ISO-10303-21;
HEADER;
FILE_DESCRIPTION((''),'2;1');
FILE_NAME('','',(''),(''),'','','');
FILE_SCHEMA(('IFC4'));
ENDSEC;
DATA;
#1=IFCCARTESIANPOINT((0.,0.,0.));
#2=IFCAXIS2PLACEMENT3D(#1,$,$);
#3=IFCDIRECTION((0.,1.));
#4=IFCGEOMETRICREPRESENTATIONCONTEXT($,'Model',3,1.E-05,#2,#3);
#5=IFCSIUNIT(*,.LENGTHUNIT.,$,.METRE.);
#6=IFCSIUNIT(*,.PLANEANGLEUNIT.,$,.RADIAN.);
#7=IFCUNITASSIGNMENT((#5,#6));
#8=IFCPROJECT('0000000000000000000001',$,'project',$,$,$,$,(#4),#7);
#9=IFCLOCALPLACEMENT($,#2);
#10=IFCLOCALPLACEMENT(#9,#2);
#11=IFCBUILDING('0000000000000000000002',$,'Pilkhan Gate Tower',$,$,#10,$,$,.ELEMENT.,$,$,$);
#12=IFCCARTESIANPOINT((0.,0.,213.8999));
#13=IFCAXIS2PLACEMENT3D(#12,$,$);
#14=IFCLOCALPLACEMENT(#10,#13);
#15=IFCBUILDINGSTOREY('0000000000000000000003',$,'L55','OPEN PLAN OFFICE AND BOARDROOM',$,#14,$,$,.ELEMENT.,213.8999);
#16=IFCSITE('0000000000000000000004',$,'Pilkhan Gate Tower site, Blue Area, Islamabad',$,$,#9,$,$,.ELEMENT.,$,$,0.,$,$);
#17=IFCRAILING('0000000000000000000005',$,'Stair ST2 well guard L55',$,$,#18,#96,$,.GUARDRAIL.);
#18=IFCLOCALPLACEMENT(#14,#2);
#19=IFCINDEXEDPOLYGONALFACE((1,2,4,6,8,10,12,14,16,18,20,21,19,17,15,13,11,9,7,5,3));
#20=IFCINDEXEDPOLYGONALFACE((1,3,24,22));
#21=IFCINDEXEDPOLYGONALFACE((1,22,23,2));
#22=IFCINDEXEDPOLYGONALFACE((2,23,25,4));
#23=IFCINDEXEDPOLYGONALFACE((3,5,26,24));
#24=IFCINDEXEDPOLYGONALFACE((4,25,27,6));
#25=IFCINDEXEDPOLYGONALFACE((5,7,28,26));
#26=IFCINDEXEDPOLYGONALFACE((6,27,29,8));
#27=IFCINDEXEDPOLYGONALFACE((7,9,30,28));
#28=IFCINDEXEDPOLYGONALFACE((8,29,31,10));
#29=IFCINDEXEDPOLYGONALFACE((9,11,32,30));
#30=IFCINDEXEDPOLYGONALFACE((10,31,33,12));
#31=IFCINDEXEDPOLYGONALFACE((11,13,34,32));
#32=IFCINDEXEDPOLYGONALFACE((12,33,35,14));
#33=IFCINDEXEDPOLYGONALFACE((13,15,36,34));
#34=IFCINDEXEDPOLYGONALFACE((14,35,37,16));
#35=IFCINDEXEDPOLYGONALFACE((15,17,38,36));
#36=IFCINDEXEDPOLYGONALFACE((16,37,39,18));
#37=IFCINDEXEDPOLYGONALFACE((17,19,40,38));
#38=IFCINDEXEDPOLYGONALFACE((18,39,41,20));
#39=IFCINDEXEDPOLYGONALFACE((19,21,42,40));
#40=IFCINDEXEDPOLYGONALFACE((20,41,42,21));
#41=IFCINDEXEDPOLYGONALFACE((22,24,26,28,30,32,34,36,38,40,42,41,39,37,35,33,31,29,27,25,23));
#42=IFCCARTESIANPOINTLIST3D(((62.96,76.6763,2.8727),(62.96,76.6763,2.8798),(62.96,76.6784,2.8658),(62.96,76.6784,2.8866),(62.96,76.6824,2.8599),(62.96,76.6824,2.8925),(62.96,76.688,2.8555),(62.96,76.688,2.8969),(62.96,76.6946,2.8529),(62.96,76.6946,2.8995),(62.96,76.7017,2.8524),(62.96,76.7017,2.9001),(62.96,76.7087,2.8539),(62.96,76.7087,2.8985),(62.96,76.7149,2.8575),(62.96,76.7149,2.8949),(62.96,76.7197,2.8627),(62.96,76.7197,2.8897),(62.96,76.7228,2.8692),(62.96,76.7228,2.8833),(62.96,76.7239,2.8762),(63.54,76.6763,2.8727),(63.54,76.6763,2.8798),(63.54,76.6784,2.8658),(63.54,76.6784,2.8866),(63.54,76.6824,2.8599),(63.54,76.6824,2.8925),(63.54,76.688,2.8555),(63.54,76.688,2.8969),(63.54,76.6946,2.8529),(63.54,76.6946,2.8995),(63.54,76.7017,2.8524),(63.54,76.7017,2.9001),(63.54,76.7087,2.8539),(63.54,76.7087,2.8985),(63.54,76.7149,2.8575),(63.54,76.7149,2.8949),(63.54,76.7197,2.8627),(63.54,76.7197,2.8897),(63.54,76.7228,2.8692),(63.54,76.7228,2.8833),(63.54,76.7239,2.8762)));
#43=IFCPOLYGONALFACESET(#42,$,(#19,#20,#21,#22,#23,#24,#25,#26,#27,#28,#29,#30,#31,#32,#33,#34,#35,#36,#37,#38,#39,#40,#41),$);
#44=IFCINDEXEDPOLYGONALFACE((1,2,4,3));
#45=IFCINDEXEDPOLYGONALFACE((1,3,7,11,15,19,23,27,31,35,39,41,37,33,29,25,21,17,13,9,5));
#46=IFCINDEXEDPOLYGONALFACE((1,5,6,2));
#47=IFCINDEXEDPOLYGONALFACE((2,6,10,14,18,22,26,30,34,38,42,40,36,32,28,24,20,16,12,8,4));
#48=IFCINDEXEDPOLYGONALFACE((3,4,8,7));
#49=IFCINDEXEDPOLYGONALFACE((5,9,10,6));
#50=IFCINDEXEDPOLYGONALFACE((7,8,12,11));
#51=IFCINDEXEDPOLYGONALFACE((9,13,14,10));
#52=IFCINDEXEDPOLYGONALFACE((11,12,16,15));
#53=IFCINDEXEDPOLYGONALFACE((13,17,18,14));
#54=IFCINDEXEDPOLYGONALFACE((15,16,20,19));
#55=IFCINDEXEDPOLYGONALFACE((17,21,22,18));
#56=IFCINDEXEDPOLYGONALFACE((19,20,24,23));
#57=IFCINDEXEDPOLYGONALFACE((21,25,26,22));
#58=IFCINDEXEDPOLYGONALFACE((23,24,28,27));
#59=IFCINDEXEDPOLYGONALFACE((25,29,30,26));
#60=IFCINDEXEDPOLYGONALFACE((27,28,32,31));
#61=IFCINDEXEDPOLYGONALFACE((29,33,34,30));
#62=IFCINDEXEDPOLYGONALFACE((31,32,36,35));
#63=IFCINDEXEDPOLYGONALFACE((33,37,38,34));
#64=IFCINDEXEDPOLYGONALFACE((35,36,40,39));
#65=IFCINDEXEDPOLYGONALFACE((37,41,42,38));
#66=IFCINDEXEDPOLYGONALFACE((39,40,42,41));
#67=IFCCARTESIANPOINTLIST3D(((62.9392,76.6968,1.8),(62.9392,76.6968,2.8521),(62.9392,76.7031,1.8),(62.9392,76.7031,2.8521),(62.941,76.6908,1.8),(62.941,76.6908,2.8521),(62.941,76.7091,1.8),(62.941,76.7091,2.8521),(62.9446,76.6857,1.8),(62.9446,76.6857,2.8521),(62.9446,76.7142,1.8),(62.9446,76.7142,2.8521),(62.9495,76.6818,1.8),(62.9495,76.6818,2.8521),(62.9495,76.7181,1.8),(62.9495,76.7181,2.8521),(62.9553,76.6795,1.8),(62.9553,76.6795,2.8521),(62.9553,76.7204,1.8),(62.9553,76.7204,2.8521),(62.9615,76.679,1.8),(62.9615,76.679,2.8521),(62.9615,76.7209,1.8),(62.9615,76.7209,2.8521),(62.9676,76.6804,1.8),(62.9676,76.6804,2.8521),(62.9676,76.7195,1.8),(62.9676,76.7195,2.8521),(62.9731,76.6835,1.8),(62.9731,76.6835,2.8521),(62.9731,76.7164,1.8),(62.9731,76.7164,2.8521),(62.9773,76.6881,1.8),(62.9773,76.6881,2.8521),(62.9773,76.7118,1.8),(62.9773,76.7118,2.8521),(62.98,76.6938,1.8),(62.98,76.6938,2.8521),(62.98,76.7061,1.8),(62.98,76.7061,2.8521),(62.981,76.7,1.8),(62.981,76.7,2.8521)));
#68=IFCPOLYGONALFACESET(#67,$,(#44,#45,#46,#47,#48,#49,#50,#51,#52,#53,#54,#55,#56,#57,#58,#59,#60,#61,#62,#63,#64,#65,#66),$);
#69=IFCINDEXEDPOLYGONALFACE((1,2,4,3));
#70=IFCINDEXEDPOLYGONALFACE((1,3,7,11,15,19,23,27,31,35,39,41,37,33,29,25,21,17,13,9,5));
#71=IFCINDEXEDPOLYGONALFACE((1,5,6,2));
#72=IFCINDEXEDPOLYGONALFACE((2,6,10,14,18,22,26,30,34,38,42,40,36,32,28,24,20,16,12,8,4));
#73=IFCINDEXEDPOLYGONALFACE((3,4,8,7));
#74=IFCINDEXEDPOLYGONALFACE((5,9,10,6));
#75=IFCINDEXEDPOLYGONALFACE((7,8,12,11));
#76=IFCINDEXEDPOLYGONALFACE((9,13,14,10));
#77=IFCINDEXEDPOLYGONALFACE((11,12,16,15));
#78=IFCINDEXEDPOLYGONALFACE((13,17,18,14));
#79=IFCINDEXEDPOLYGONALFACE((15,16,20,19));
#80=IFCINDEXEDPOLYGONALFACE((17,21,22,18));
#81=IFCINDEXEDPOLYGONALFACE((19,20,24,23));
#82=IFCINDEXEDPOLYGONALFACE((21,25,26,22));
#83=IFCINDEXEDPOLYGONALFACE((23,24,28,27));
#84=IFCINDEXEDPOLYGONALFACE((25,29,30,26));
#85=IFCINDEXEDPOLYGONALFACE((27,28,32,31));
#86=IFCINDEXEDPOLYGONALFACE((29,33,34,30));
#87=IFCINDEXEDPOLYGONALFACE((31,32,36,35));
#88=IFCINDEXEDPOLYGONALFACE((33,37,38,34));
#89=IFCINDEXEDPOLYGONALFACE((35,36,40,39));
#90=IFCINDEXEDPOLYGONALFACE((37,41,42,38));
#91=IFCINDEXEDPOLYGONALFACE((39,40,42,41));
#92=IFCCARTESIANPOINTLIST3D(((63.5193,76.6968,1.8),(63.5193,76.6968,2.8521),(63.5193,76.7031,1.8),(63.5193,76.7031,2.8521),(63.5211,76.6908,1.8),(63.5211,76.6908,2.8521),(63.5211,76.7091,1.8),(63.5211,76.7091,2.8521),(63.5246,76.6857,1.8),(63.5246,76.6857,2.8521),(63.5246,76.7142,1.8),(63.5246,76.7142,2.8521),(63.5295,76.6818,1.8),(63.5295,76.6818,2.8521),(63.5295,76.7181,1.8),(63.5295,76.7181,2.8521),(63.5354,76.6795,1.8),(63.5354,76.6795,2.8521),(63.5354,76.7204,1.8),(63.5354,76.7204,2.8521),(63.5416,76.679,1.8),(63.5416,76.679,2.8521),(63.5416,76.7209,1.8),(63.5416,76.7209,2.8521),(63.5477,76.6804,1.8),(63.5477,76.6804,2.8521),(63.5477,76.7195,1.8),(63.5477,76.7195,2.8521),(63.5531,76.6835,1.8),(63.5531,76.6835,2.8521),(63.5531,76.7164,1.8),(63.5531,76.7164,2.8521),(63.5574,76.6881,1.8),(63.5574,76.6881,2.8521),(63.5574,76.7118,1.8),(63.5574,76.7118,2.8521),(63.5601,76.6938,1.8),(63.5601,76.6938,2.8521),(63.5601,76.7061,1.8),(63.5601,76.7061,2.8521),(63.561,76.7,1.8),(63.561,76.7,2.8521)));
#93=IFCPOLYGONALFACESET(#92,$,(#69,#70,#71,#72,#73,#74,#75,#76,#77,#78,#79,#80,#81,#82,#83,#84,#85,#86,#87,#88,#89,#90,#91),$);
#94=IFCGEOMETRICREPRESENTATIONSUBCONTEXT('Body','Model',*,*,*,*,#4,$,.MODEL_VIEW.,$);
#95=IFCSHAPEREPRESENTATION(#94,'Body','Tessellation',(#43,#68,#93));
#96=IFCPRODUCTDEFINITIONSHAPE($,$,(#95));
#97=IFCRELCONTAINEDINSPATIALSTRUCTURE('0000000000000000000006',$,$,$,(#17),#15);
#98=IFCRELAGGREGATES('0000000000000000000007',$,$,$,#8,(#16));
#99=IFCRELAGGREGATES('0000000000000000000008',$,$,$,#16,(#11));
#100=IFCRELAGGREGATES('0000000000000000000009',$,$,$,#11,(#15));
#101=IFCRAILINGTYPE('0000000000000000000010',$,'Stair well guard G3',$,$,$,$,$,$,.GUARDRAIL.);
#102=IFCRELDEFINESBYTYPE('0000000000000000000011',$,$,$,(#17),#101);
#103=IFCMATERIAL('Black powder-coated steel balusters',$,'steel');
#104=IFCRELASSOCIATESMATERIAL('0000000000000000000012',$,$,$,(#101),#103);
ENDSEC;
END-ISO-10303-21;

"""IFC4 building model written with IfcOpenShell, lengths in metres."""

from ifc_helpers import new_model, si_unit, direction, frame, origin, origin_2d, place, context, subcontext, project, spatial, circle, extrude, material, type_object, element, save


model = new_model("IFC4")

# Units and contexts
model_context = context("Model", 3, precision=1e-05, world=origin(), true_north=direction((0.0, 1.0)))
body_context = subcontext(model_context, "Body", "Model", "MODEL_VIEW")
ifc_project = project(units=[si_unit("LENGTHUNIT", "METRE"), si_unit("PLANEANGLEUNIT", "RADIAN")], contexts=[model_context])

# Site, building, storey
site_placement = place(None, origin())
site = spatial("IfcSite", under=ifc_project, at=site_placement, Name="Pilkhan Gate Tower site, Blue Area, Islamabad", CompositionType="ELEMENT", RefElevation=0.0)
building_placement = place(site_placement, origin())
building = spatial("IfcBuilding", under=site, at=building_placement, Name="Pilkhan Gate Tower", CompositionType="ELEMENT")
storey_placement = place(building_placement, frame((0.0, 0.0, 213.8999)))
storey = spatial("IfcBuildingStorey", under=building, at=storey_placement, Name="L55", Description="OPEN PLAN OFFICE AND BOARDROOM", CompositionType="ELEMENT", Elevation=213.8999)

# Railing
ifc_material_1 = material(Name="Black powder-coated steel balusters", Category="steel")
railing_type_1 = type_object("IfcRailingType", Name="Stair well guard G3", PredefinedType="GUARDRAIL", material=ifc_material_1)
for number, where, name in (
    (1, (62.96, 76.7, 1.8), "Stair ST2 well guard L55"),
):
    element("IfcRailing", number, at=place(storey_placement, frame(where)), inside=storey, type_object=railing_type_1, Name=name, PredefinedType="GUARDRAIL", context=body_context, shape_type="SweptSolid", body=[
        extrude(circle(Radius=0.0239, at=origin_2d()), frame((0.0, 0.0, 1.0762), z_axis=(1.0, 0.0, 0.0), x_axis=(0.0, 1.0, 0.0)), (0.0, 0.0, 1.0), 0.5801),
        extrude(circle(Radius=0.021, at=origin_2d()), origin(), (0.0, 0.0, 1.0), 1.052),
        extrude(circle(Radius=0.021, at=origin_2d()), frame((0.5801, 0.0, 0.0)), (0.0, 0.0, 1.0), 1.052),
    ])

save(model, "model.ifc")
